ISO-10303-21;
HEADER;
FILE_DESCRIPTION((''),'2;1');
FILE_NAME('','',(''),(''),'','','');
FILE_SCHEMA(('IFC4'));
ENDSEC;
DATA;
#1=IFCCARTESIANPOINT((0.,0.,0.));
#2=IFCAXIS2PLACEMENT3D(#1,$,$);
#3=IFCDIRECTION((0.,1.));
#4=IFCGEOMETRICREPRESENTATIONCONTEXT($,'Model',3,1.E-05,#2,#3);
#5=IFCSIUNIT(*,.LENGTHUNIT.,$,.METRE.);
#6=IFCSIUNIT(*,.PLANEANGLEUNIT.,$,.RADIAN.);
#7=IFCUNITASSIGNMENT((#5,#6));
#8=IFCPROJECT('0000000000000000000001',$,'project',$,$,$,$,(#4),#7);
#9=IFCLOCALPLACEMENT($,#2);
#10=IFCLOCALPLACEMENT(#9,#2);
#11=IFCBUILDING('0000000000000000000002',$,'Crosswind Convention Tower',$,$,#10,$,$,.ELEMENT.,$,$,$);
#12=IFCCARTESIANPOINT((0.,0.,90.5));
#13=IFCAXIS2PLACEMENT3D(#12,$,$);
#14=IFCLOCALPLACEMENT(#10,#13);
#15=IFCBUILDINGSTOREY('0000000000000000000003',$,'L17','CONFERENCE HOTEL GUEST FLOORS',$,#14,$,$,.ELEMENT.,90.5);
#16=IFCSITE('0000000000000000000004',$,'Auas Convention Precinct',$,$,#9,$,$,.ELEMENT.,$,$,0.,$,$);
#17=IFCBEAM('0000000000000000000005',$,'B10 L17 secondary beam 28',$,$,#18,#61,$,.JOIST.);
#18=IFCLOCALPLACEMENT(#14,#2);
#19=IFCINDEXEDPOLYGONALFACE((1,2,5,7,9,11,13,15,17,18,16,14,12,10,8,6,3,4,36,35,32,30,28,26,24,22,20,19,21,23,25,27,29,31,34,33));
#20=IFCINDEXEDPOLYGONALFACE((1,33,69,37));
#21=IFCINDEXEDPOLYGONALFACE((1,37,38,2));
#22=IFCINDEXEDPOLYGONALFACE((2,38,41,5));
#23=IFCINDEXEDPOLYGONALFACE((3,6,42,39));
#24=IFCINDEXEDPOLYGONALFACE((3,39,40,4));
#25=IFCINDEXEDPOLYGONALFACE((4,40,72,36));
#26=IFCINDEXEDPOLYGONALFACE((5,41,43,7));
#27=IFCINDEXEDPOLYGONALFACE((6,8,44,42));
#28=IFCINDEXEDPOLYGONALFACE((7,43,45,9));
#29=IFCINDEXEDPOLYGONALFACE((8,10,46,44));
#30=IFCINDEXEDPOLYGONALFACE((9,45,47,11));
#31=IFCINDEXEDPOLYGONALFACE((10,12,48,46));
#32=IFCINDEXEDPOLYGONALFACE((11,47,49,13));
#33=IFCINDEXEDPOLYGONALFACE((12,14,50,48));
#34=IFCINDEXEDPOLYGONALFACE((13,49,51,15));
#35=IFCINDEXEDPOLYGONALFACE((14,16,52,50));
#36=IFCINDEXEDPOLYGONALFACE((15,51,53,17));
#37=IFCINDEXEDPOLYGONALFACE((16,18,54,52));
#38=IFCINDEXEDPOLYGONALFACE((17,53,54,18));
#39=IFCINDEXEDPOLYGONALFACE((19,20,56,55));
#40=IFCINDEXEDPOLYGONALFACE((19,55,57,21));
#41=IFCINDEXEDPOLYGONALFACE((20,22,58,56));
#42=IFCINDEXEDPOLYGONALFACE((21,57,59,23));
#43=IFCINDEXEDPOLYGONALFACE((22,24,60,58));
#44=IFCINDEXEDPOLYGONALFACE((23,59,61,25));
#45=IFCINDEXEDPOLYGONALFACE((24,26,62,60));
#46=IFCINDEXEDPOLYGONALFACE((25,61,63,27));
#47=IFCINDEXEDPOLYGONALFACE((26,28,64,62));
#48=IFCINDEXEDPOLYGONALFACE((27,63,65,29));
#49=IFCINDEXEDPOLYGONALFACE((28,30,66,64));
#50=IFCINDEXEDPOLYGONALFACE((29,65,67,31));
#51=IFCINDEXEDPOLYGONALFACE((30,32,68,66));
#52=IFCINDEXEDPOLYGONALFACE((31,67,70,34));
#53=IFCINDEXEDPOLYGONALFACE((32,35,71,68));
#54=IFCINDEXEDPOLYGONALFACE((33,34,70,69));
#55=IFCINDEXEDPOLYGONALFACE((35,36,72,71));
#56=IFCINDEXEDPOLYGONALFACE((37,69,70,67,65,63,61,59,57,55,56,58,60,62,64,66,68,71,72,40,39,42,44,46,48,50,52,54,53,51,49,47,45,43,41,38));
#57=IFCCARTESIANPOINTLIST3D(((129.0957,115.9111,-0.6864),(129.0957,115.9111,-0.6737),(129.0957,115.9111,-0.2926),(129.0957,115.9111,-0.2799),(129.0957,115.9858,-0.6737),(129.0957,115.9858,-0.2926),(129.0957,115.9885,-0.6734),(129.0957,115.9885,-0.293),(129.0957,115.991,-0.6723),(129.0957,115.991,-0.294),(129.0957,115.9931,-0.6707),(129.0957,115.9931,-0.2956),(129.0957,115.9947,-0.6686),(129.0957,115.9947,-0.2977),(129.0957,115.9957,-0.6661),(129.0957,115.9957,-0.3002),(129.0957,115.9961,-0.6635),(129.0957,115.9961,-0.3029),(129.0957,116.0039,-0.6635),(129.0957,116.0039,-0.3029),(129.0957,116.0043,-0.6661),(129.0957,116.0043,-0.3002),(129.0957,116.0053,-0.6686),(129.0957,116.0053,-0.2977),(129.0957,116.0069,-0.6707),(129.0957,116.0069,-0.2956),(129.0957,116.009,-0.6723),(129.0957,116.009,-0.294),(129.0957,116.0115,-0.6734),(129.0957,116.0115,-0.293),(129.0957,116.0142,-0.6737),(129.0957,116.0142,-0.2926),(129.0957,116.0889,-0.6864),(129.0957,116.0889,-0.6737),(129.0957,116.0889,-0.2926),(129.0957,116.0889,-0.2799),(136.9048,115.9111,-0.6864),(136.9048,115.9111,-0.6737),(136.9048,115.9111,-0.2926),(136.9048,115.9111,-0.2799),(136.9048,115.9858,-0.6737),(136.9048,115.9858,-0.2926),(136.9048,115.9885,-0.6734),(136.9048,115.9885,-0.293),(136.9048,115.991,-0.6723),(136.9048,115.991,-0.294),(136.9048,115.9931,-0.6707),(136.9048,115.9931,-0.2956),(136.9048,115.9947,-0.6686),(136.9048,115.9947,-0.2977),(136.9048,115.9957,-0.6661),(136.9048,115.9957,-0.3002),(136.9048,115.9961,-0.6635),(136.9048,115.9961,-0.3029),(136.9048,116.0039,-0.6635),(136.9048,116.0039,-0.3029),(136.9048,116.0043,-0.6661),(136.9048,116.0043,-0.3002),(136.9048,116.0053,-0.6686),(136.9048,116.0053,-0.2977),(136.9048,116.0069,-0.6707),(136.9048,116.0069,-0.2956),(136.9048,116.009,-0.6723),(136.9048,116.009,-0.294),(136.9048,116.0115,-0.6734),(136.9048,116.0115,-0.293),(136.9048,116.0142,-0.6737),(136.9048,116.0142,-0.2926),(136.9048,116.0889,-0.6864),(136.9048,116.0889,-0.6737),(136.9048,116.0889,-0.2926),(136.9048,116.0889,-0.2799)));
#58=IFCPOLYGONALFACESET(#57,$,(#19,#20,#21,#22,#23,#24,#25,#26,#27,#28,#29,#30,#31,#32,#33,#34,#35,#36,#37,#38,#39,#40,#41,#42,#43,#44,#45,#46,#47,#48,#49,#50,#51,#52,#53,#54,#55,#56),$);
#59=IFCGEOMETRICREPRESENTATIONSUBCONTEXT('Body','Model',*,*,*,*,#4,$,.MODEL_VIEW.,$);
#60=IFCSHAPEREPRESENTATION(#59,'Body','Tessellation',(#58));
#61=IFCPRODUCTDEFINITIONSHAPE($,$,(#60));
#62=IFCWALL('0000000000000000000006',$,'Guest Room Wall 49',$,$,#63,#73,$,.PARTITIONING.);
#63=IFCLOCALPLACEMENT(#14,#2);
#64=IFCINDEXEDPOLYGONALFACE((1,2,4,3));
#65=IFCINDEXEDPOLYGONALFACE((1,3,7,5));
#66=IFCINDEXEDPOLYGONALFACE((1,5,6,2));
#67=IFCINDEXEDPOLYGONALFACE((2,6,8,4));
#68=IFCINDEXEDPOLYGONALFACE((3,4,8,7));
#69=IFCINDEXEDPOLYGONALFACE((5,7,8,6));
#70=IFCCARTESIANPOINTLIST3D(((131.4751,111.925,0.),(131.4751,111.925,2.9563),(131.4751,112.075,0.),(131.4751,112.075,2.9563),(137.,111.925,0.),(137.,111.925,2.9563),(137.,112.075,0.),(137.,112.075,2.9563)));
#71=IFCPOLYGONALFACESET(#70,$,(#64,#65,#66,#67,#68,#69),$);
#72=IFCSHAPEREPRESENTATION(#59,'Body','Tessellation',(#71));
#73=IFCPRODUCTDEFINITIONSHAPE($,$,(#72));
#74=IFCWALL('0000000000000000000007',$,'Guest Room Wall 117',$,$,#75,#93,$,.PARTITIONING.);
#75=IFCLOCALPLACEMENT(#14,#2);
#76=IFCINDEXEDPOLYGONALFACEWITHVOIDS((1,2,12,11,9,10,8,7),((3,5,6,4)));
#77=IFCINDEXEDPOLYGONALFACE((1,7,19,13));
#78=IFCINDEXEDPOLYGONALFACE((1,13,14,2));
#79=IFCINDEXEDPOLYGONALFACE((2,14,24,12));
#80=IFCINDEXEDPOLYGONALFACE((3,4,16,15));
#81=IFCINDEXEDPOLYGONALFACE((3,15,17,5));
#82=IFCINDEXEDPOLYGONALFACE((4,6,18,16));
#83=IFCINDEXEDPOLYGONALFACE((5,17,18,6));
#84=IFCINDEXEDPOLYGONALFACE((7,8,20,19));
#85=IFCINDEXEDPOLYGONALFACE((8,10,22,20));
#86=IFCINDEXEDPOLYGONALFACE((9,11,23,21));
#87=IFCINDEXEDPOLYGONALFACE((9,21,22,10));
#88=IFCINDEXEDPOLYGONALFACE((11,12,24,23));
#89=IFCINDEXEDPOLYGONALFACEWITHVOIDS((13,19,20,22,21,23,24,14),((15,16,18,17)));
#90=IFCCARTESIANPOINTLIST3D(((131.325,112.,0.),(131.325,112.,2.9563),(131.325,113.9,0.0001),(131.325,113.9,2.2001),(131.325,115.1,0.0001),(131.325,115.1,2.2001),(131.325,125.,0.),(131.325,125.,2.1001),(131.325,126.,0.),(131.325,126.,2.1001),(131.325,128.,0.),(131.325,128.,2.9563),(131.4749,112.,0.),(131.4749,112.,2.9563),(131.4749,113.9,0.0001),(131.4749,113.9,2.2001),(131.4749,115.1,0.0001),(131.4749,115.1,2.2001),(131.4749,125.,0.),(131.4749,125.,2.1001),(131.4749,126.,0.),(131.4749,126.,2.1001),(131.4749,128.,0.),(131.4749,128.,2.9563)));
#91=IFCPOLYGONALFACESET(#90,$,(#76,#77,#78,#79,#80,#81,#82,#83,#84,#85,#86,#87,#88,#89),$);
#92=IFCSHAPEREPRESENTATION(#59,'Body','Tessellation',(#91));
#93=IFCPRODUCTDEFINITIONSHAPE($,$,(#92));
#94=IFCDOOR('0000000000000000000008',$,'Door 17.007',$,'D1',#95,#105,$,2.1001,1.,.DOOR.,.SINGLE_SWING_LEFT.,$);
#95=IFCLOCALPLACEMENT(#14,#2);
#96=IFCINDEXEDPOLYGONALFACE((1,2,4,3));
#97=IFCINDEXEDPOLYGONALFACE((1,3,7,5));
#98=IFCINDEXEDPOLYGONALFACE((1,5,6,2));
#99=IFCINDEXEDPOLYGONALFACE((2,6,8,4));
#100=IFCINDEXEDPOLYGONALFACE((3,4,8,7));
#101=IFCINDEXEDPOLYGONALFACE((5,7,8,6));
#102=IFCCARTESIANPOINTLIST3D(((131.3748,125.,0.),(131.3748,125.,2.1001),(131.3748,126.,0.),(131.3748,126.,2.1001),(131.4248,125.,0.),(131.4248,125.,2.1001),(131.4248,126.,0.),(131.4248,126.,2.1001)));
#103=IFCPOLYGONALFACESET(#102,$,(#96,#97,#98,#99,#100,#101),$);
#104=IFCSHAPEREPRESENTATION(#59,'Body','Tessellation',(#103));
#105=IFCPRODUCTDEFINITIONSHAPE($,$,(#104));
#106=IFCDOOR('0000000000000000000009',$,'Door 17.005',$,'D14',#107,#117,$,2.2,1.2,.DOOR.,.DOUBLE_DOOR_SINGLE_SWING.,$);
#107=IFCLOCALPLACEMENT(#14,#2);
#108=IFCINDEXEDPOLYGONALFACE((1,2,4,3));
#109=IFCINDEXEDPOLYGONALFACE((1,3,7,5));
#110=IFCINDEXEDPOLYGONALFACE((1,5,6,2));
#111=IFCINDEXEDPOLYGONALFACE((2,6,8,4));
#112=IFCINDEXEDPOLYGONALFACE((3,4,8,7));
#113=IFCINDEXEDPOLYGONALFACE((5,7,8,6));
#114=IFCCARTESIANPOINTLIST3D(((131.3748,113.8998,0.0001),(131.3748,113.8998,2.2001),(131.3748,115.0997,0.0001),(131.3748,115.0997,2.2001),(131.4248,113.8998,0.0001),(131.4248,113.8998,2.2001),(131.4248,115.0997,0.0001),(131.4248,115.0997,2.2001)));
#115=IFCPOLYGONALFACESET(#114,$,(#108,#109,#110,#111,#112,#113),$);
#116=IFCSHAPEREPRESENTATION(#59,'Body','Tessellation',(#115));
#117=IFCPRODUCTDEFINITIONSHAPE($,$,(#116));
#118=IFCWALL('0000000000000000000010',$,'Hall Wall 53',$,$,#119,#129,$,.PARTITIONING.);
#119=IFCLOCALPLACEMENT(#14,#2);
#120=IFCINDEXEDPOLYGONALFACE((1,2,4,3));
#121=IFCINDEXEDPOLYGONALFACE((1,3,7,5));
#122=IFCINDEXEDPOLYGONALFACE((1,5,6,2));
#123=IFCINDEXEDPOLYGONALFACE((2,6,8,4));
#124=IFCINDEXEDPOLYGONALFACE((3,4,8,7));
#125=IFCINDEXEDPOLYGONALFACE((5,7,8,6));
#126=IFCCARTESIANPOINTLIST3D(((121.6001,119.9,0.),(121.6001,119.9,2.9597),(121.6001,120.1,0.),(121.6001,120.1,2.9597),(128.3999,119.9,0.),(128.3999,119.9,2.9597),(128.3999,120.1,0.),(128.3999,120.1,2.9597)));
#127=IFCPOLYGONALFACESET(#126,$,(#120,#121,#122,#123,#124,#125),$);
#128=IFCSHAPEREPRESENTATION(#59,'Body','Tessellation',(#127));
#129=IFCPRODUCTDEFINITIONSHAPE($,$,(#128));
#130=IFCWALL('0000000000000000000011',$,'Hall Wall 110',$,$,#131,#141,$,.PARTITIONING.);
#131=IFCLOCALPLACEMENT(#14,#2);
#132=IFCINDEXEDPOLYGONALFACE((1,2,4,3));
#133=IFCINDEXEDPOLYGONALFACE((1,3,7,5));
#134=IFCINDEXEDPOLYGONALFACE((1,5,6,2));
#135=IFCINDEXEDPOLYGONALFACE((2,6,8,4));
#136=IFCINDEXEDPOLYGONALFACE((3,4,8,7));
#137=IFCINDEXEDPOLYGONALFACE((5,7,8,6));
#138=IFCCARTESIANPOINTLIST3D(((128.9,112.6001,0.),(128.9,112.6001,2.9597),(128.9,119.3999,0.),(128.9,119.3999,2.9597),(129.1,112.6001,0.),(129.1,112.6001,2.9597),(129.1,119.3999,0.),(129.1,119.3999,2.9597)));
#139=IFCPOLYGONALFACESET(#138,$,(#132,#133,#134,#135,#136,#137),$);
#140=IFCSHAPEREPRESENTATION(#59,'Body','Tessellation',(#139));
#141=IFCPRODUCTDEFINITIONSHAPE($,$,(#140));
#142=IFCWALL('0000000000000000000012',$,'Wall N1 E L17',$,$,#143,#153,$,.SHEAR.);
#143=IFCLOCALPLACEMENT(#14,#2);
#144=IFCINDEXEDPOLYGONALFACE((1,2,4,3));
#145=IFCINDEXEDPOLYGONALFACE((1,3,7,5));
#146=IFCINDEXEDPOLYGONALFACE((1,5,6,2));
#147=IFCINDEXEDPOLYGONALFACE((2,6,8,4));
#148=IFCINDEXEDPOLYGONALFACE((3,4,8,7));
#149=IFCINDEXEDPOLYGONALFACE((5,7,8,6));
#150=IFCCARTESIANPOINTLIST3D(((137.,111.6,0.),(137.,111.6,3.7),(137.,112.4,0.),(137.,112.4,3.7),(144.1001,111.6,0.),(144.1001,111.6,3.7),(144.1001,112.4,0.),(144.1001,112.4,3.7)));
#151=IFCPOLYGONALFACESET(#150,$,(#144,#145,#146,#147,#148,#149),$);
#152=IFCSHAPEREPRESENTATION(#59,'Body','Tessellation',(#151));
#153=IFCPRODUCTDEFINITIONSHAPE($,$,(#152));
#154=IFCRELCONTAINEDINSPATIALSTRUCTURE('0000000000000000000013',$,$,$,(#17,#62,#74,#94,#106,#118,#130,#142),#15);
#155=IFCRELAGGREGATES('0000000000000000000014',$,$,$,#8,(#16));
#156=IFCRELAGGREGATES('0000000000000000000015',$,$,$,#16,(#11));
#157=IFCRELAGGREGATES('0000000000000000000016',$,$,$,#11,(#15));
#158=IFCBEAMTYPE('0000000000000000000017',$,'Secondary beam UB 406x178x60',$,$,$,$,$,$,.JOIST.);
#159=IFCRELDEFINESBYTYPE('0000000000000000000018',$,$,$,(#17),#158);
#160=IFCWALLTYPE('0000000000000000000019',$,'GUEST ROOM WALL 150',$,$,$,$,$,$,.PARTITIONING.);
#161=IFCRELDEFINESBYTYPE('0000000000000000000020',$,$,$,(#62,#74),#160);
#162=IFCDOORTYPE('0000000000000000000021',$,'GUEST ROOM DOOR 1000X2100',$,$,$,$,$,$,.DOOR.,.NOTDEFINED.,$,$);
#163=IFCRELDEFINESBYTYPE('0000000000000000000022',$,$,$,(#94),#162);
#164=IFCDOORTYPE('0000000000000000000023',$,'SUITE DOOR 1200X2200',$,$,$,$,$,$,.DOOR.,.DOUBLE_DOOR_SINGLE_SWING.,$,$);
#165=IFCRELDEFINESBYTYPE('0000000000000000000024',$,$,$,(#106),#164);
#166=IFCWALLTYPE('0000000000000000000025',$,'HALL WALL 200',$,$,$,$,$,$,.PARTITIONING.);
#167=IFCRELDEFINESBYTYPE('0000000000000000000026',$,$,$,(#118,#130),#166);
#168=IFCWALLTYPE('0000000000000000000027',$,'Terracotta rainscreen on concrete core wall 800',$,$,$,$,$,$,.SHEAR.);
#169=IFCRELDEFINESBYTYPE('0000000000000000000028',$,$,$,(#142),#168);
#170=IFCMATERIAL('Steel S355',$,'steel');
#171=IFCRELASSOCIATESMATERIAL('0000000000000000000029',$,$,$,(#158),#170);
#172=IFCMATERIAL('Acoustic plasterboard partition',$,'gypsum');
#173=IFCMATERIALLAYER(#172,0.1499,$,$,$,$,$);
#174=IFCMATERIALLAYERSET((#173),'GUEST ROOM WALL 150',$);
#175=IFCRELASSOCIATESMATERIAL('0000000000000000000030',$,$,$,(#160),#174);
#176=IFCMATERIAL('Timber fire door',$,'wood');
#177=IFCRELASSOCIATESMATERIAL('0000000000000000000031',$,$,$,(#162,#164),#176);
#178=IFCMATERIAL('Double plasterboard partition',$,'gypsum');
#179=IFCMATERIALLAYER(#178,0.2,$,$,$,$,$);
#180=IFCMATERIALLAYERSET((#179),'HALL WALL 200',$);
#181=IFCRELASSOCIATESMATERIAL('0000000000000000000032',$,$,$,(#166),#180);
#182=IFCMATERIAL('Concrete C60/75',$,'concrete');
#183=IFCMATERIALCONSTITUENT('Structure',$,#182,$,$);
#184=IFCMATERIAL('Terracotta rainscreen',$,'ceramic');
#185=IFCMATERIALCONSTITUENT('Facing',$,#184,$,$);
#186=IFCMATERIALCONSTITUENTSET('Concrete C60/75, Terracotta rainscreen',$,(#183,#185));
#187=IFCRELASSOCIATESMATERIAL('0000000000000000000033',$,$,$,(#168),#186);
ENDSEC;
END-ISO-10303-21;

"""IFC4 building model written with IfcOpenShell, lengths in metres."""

from ifc_helpers import new_model, si_unit, direction, frame, frame_2d, origin, origin_2d, place, context, subcontext, project, spatial, rectangle, i_section, extrude, material, layer, layer_set, constituent, constituent_set, material_profile, profile_set, type_object, element, fill, save


model = new_model("IFC4")

# Units and contexts
model_context = context("Model", 3, precision=1e-05, world=origin(), true_north=direction((0.0, 1.0)))
body_context = subcontext(model_context, "Body", "Model", "MODEL_VIEW")
ifc_project = project(units=[si_unit("LENGTHUNIT", "METRE"), si_unit("PLANEANGLEUNIT", "RADIAN")], contexts=[model_context])

# Site, building, storey
site_placement = place(None, origin())
site = spatial("IfcSite", under=ifc_project, at=site_placement, Name="Auas Convention Precinct", CompositionType="ELEMENT", RefElevation=0.0)
building_placement = place(site_placement, origin())
building = spatial("IfcBuilding", under=site, at=building_placement, Name="Crosswind Convention Tower", CompositionType="ELEMENT")
storey_placement = place(building_placement, frame((0.0, 0.0, 90.5)))
storey = spatial("IfcBuildingStorey", under=building, at=storey_placement, Name="L17", Description="CONFERENCE HOTEL GUEST FLOORS", CompositionType="ELEMENT", Elevation=90.5)

# Beam
ifc_material_1 = material(Name="Steel S355", Category="steel")
ifc_material_profile_1 = material_profile(ifc_material_1, i_section(OverallWidth=0.1777, OverallDepth=0.4065, WebThickness=0.0078, FlangeThickness=0.0127, FilletRadius=0.0103, at=origin_2d()), Name="UB 406x178x60")
ifc_profile_set_1 = profile_set([ifc_material_profile_1], Name="Steel S355")
beam_type_1 = type_object("IfcBeamType", Name="Secondary beam UB 406x178x60", PredefinedType="JOIST", material=ifc_profile_set_1)
beam_1_placement = place(storey_placement, frame((129.0957, 116.0, -0.4832), z_axis=(1.0, 0.0, 0.0), x_axis=(0.0, 1.0, 0.0)))
element("IfcBeam", 1, at=beam_1_placement, inside=storey, type_object=beam_type_1, Name="B10 L17 secondary beam 28", PredefinedType="JOIST", context=body_context, shape_type="SweptSolid", body=[
    extrude(i_section(OverallWidth=0.1777, OverallDepth=0.4065, WebThickness=0.0078, FlangeThickness=0.0127, FilletRadius=0.0103, at=origin_2d()), origin(), (0.0, 0.0, 1.0), 7.8091),
])

# Wall
ifc_material_2 = material(Name="Acoustic plasterboard partition", Category="gypsum")
ifc_layer_1 = layer(ifc_material_2, 0.1499)
ifc_layer_set_1 = layer_set([ifc_layer_1], Name="GUEST ROOM WALL 150")
wall_type_1 = type_object("IfcWallType", Name="GUEST ROOM WALL 150", PredefinedType="PARTITIONING", material=ifc_layer_set_1)
wall_1_placement = place(storey_placement, frame((131.4751, 112.0, 0.0), z_axis=(0.0, 0.0, 1.0), x_axis=(1.0, 0.0, 0.0)))
element("IfcWall", 2, at=wall_1_placement, inside=storey, type_object=wall_type_1, Name="Guest Room Wall 49", PredefinedType="PARTITIONING", context=body_context, shape_type="SweptSolid", body=[
    extrude(rectangle(XDim=5.5249, YDim=0.1499, at=frame_2d((2.7625, 0.0))), origin(), (0.0, 0.0, 1.0), 2.9563),
])

# Wall, openings, doors
wall_2_placement = place(storey_placement, frame((131.3999, 112.0, 0.0), z_axis=(0.0, 0.0, 1.0), x_axis=(0.0, 1.0, 0.0)))
wall_2 = element("IfcWall", 3, at=wall_2_placement, inside=storey, type_object=wall_type_1, Name="Guest Room Wall 117", PredefinedType="PARTITIONING", context=body_context, shape_type="SweptSolid", body=[
    extrude(rectangle(XDim=16.0, YDim=0.1499, at=frame_2d((8.0, 0.0))), origin(), (0.0, 0.0, 1.0), 2.9563),
])
opening_1_placement = place(wall_2_placement, frame((1.8999, 0.0, 0.0)))
opening_1 = element("IfcOpeningElement", 4, at=opening_1_placement, cuts=wall_2, PredefinedType="OPENING", context=body_context, shape_type="SweptSolid", body=[
    extrude(rectangle(XDim=1.2, YDim=2.2, at=frame_2d((0.6001, 1.1001))), frame((0.0, 0.085, 0.0), z_axis=(0.0, -1.0, 0.0), x_axis=(1.0, 0.0, 0.0)), (0.0, 0.0, 1.0), 0.1699),
])
opening_2_placement = place(wall_2_placement, frame((13.0, 0.0, 0.0)))
opening_2 = element("IfcOpeningElement", 5, at=opening_2_placement, cuts=wall_2, PredefinedType="OPENING", context=body_context, shape_type="SweptSolid", body=[
    extrude(rectangle(XDim=1.0, YDim=2.1001, at=frame_2d((0.5, 1.05))), frame((0.0, 0.085, 0.0), z_axis=(0.0, -1.0, 0.0), x_axis=(1.0, 0.0, 0.0)), (0.0, 0.0, 1.0), 0.1699),
])
ifc_material_3 = material(Name="Timber fire door", Category="wood")
door_type_1 = type_object("IfcDoorType", Name="GUEST ROOM DOOR 1000X2100", OperationType="NOTDEFINED", PredefinedType="DOOR", material=ifc_material_3)
door_1_placement = place(opening_2_placement, frame((1.0, 0.0, 0.0), z_axis=(0.0, 0.0, 1.0), x_axis=(-1.0, 0.0, 0.0)))
door_1 = element("IfcDoor", 6, at=door_1_placement, inside=storey, type_object=door_type_1, Name="Door 17.007", ObjectType="D1", OperationType="SINGLE_SWING_LEFT", OverallHeight=2.1001, OverallWidth=1.0, PredefinedType="DOOR", context=body_context, shape_type="SweptSolid", body=[
    extrude(rectangle(XDim=1.0, YDim=2.1001, at=frame_2d((0.5, 1.05))), frame((0.0, 0.0249, 0.0), z_axis=(0.0, -1.0, 0.0), x_axis=(1.0, 0.0, 0.0)), (0.0, 0.0, 1.0), 0.05),
])
fill(opening_2, door_1)
door_type_2 = type_object("IfcDoorType", Name="SUITE DOOR 1200X2200", OperationType="DOUBLE_DOOR_SINGLE_SWING", PredefinedType="DOOR", material=ifc_material_3)
door_2_placement = place(opening_1_placement, frame((1.2, 0.0, 0.0), z_axis=(0.0, 0.0, 1.0), x_axis=(-1.0, 0.0, 0.0)))
door_2 = element("IfcDoor", 7, at=door_2_placement, inside=storey, type_object=door_type_2, Name="Door 17.005", ObjectType="D14", OperationType="DOUBLE_DOOR_SINGLE_SWING", OverallHeight=2.2, OverallWidth=1.2, PredefinedType="DOOR", context=body_context, shape_type="SweptSolid", body=[
    extrude(rectangle(XDim=1.2, YDim=2.2, at=frame_2d((0.6001, 1.1001))), frame((0.0, 0.0249, 0.0), z_axis=(0.0, -1.0, 0.0), x_axis=(1.0, 0.0, 0.0)), (0.0, 0.0, 1.0), 0.05),
])
fill(opening_1, door_2)

# Walls
ifc_material_4 = material(Name="Double plasterboard partition", Category="gypsum")
ifc_layer_2 = layer(ifc_material_4, 0.2)
ifc_layer_set_2 = layer_set([ifc_layer_2], Name="HALL WALL 200")
wall_type_2 = type_object("IfcWallType", Name="HALL WALL 200", PredefinedType="PARTITIONING", material=ifc_layer_set_2)
for number, where, z_axis, x_axis, name in (
    (8, (121.6001, 120.0, 0.0), (0.0, 0.0, 1.0), (1.0, 0.0, 0.0), "Hall Wall 53"),
    (9, (129.0, 112.6001, 0.0), (0.0, 0.0, 1.0), (0.0, 1.0, 0.0), "Hall Wall 110"),
):
    element("IfcWall", number, at=place(storey_placement, frame(where, z_axis=z_axis, x_axis=x_axis)), inside=storey, type_object=wall_type_2, Name=name, PredefinedType="PARTITIONING", context=body_context, shape_type="SweptSolid", body=[
        extrude(rectangle(XDim=6.7998, YDim=0.2, at=frame_2d((3.3999, 0.0))), origin(), (0.0, 0.0, 1.0), 2.9597),
    ])
ifc_material_5 = material(Name="Concrete C60/75", Category="concrete")
ifc_constituent_1 = constituent(ifc_material_5, Name="Structure")
ifc_material_6 = material(Name="Terracotta rainscreen", Category="ceramic")
ifc_constituent_2 = constituent(ifc_material_6, Name="Facing")
ifc_constituent_set = constituent_set(constituents=[ifc_constituent_1, ifc_constituent_2], Name="Concrete C60/75, Terracotta rainscreen")
wall_type_3 = type_object("IfcWallType", Name="Terracotta rainscreen on concrete core wall 800", PredefinedType="SHEAR", material=ifc_constituent_set)
wall_3_placement = place(storey_placement, frame((137.0, 112.0, 0.0), z_axis=(0.0, 0.0, 1.0), x_axis=(1.0, 0.0, 0.0)))
element("IfcWall", 10, at=wall_3_placement, inside=storey, type_object=wall_type_3, Name="Wall N1 E L17", PredefinedType="SHEAR", context=body_context, shape_type="SweptSolid", body=[
    extrude(rectangle(XDim=7.1001, YDim=0.8, at=frame_2d((3.55, 0.0))), origin(), (0.0, 0.0, 1.0), 3.7),
])

save(model, "model.ifc")
